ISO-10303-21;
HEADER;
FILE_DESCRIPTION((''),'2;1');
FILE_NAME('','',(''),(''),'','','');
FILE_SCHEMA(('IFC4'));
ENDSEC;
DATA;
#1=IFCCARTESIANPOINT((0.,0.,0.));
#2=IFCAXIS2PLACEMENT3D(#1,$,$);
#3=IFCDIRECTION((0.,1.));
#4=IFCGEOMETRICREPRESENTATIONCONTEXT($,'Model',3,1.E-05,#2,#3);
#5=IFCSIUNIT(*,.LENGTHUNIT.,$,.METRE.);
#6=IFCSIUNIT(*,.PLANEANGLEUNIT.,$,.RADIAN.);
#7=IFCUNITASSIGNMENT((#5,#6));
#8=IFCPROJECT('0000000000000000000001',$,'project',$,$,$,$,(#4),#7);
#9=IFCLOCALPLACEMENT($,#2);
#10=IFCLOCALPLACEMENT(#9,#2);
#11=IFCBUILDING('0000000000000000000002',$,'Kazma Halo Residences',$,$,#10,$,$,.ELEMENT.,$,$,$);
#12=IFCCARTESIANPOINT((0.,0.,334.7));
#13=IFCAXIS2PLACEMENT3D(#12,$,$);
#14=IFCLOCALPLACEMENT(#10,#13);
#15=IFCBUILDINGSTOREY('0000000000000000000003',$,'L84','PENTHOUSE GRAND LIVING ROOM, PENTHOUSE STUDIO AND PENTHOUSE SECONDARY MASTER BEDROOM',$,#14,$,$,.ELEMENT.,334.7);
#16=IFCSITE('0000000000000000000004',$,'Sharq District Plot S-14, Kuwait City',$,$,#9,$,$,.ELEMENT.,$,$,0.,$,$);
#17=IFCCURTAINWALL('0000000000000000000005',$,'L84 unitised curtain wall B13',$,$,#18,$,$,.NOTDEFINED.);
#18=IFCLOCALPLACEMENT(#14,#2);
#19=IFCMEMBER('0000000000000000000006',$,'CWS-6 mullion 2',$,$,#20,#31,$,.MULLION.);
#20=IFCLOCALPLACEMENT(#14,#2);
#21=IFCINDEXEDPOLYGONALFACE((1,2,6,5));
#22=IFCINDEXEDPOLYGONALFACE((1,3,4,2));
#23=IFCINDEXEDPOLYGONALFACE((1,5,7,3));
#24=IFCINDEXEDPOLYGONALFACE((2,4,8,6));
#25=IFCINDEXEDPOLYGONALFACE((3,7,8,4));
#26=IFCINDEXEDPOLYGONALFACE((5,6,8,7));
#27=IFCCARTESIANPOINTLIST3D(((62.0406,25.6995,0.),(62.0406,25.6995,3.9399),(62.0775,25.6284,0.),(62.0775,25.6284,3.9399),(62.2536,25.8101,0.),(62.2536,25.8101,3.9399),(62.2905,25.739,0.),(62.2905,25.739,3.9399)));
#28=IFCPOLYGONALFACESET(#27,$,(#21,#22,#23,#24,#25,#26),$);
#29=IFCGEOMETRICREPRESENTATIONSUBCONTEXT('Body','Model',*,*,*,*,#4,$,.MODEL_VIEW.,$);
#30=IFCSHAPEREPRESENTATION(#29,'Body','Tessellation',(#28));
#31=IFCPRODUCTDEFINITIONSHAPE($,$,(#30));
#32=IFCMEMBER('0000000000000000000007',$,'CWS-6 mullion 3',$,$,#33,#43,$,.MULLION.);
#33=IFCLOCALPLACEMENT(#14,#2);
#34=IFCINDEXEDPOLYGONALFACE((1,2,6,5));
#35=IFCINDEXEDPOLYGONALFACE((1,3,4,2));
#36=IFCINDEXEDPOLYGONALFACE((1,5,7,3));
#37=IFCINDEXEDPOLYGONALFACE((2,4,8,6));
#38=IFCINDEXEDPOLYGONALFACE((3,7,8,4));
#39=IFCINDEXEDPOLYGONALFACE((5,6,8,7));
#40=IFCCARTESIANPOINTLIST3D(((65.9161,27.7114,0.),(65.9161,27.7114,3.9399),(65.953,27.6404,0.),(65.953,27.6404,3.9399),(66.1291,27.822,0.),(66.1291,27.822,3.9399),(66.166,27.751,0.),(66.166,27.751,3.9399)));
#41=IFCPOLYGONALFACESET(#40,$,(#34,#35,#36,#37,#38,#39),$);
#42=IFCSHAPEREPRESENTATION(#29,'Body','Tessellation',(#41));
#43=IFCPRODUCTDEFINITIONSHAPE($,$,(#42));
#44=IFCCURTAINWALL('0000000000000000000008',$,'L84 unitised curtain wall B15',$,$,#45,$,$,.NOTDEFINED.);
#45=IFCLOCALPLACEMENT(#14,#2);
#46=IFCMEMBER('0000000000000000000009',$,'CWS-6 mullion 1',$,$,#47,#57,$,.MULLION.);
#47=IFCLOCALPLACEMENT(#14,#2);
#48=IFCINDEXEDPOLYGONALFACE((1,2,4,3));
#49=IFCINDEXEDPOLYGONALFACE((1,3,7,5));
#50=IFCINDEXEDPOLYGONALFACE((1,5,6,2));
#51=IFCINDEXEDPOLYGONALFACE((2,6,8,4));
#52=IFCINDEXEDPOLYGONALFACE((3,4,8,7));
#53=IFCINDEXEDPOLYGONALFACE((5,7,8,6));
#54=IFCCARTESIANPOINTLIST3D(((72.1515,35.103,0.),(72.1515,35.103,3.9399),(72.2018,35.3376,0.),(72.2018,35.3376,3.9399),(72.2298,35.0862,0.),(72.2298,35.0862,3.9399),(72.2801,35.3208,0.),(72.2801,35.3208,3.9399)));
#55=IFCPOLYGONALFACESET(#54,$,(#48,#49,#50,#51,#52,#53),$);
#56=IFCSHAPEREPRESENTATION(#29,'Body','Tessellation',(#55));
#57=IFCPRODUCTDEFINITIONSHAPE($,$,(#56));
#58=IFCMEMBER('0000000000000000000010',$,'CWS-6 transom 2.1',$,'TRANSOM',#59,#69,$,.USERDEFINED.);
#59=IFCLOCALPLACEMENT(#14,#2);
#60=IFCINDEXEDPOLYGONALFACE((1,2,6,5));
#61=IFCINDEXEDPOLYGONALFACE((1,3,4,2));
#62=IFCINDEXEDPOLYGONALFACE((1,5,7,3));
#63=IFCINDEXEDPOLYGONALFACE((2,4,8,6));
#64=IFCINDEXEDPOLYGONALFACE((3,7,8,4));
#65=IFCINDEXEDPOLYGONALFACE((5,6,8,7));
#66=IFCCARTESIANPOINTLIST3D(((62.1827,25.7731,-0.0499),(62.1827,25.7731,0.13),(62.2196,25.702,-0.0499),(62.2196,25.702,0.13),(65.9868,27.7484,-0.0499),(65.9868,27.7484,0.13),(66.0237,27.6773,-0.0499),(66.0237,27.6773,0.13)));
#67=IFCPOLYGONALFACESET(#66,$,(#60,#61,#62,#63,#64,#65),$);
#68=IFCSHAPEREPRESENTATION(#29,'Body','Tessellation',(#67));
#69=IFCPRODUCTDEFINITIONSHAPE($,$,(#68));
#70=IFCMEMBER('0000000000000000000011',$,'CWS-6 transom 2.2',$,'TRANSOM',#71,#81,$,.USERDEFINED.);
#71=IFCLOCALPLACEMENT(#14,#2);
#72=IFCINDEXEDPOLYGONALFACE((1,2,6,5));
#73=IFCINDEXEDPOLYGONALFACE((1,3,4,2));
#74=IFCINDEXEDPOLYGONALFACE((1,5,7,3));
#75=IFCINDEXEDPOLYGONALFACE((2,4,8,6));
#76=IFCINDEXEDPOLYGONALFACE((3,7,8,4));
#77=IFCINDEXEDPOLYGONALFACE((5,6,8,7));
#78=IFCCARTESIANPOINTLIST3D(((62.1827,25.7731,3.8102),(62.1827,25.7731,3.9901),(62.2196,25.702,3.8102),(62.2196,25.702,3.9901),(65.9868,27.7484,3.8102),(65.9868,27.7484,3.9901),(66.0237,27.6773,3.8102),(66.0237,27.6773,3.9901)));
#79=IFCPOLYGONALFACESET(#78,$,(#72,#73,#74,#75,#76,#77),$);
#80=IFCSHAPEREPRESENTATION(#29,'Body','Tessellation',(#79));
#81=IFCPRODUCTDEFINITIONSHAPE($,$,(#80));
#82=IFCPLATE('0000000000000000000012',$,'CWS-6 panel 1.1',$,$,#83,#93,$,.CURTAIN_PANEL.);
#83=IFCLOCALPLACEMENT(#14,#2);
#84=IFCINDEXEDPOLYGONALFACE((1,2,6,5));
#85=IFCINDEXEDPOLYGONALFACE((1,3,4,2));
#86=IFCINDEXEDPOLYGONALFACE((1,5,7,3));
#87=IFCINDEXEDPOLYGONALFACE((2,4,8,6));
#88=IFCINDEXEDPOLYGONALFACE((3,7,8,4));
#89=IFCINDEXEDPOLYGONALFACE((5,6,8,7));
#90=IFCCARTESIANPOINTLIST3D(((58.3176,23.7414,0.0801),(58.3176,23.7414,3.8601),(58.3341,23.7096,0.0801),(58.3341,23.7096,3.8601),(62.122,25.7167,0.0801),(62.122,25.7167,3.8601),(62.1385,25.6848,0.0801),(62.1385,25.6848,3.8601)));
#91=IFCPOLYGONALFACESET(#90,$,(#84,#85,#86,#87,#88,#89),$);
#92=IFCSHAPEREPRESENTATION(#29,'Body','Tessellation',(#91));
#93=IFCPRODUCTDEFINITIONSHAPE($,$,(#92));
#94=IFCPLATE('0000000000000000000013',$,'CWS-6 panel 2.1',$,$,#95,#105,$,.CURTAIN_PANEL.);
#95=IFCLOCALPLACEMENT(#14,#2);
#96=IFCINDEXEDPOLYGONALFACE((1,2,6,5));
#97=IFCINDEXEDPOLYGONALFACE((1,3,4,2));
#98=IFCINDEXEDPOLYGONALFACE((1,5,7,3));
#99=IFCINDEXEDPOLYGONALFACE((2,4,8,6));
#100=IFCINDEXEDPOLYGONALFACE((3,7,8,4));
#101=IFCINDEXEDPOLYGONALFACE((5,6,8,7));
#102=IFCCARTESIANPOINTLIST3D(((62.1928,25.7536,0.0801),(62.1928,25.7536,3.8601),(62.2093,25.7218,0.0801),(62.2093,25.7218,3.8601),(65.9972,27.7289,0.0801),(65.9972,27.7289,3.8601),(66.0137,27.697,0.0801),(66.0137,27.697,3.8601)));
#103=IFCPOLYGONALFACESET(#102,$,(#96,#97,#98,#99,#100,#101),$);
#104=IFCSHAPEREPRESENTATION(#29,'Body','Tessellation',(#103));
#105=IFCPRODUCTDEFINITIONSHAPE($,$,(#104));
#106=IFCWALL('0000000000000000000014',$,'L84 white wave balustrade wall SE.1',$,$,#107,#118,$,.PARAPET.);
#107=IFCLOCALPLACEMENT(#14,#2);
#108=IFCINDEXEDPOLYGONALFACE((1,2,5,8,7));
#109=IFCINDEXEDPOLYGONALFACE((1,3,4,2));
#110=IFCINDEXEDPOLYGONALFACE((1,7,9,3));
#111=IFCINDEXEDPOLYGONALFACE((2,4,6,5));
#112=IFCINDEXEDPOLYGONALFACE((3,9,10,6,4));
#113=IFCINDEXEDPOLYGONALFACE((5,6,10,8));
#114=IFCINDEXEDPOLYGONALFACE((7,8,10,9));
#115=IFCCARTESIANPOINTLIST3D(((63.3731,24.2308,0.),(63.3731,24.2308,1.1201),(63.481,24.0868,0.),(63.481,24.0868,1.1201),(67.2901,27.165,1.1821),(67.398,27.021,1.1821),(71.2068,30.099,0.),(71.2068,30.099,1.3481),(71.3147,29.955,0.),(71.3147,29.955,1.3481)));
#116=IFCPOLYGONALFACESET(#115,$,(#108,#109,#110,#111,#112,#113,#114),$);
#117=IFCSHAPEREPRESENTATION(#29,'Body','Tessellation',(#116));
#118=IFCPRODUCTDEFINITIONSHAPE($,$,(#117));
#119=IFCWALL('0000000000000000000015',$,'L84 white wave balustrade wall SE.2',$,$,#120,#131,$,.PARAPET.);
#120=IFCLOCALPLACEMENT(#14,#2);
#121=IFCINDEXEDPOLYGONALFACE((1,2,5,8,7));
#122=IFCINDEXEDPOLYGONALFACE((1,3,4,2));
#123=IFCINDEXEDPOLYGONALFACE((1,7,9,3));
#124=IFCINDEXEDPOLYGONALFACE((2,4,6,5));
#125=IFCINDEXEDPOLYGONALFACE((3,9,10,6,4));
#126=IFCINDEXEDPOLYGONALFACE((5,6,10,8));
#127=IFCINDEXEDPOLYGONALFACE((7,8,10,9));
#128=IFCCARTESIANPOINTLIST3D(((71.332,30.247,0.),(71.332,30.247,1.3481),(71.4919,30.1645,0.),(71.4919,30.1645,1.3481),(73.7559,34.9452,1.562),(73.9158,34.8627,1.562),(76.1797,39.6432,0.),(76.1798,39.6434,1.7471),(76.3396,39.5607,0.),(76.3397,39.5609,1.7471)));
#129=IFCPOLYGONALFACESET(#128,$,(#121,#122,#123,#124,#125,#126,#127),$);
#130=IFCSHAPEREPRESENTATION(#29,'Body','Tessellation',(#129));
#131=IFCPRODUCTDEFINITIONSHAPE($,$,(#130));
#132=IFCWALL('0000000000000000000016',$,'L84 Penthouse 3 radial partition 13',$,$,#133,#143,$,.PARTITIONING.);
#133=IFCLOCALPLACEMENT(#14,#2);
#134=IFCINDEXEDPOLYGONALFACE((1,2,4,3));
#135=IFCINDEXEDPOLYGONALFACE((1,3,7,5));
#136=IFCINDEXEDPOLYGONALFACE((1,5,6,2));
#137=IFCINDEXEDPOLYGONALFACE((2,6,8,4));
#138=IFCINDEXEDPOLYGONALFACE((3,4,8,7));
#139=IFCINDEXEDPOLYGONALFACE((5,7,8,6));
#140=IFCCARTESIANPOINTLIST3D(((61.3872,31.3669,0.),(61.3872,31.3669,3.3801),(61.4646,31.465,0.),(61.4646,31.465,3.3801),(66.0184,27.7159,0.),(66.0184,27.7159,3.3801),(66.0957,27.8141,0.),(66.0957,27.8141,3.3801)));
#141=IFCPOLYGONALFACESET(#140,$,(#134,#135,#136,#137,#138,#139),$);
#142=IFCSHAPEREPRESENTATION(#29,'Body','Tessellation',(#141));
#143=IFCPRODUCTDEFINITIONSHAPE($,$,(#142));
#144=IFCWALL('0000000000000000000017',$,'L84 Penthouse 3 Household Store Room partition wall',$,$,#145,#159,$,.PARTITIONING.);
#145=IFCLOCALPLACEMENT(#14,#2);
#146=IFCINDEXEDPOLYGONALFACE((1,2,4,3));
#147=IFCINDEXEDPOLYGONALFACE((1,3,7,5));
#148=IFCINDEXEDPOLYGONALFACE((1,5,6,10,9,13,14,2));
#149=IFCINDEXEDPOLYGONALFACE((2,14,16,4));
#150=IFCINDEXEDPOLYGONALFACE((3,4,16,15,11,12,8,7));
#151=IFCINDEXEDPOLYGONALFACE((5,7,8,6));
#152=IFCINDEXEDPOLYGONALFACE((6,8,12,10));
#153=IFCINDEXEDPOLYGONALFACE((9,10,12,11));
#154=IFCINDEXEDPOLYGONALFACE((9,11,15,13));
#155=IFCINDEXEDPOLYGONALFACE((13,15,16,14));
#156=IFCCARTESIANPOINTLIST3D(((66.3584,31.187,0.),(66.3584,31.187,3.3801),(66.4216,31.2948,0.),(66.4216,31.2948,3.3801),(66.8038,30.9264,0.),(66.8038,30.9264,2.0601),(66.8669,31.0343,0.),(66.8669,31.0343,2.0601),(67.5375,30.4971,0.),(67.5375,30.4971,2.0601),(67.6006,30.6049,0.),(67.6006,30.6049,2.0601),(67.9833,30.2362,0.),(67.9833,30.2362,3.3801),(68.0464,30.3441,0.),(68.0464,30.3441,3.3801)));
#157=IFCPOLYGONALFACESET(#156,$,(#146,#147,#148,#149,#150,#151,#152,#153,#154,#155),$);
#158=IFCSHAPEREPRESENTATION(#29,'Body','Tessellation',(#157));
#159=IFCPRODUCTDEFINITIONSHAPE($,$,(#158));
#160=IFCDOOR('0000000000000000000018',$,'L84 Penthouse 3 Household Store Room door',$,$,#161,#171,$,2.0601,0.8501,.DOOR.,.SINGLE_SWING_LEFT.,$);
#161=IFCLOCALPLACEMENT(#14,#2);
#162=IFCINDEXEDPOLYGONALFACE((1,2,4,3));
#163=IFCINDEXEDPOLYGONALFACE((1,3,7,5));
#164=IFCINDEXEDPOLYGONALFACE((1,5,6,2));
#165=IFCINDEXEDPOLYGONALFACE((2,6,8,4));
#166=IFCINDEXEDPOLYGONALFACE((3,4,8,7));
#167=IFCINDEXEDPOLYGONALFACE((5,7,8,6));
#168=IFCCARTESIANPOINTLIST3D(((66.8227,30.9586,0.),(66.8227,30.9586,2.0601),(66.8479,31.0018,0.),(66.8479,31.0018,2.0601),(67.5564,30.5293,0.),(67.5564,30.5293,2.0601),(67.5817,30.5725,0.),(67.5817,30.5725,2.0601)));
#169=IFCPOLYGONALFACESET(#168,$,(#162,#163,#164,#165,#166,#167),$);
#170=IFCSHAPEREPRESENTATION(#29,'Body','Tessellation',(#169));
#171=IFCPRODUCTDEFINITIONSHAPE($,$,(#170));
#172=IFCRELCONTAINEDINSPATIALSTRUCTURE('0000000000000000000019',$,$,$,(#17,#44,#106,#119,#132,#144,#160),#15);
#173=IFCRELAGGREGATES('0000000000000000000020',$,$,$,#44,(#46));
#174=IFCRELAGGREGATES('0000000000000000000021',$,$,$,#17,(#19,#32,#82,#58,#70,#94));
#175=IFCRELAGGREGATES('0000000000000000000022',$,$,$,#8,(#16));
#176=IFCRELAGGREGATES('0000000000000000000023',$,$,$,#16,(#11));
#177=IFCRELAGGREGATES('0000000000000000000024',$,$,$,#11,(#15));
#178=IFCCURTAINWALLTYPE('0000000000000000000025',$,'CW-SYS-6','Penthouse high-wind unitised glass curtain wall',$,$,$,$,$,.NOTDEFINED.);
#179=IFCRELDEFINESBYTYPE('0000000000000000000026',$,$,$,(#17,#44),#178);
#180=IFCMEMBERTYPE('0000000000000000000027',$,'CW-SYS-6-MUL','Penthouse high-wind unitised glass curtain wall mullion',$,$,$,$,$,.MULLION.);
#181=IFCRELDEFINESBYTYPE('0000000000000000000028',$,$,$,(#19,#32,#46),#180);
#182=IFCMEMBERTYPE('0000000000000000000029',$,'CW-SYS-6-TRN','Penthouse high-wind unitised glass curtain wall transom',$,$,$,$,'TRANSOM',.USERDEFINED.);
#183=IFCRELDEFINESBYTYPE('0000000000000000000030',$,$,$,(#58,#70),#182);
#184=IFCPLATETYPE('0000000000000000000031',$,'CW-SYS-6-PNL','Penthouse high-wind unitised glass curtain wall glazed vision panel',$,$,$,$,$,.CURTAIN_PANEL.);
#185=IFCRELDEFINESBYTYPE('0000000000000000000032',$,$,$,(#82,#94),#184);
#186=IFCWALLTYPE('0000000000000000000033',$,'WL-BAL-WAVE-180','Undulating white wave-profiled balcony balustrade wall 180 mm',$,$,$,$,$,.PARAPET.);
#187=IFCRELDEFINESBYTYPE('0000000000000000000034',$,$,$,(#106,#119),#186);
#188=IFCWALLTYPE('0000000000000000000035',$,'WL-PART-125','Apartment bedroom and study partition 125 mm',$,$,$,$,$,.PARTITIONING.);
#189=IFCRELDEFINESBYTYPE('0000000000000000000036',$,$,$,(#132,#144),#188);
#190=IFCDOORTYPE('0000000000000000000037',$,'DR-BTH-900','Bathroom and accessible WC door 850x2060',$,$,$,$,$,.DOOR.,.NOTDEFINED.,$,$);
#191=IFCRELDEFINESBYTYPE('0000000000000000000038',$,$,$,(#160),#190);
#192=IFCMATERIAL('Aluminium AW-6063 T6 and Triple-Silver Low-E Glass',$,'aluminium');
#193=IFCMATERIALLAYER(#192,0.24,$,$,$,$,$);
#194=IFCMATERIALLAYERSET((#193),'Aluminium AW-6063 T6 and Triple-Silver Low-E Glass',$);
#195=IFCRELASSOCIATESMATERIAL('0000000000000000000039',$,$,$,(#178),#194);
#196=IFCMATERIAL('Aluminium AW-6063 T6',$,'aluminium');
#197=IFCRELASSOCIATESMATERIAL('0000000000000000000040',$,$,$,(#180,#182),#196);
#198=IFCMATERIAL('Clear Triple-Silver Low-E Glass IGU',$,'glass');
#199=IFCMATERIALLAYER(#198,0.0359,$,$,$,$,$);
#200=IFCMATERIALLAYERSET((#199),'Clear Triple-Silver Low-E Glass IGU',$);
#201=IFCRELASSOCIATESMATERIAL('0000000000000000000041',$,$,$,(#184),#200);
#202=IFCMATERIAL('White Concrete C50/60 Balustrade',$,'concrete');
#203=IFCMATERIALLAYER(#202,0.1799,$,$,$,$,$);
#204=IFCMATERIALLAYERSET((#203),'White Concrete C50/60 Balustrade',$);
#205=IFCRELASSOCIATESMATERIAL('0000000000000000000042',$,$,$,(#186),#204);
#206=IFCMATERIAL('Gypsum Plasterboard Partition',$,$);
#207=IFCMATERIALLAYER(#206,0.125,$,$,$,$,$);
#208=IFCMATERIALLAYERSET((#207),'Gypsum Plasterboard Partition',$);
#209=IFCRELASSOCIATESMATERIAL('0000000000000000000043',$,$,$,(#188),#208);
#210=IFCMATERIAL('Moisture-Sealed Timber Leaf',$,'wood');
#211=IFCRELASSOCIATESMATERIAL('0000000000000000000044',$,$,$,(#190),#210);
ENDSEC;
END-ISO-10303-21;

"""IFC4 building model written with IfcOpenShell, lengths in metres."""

from ifc_helpers import new_model, si_unit, direction, frame, frame_2d, origin, origin_2d, place, context, subcontext, project, spatial, polyline, rectangle, outline, extrude, material, layer, layer_set, material_profile, profile_set, type_object, element, fill, aggregate, save


model = new_model("IFC4")

# Units and contexts
model_context = context("Model", 3, precision=1e-05, world=origin(), true_north=direction((0.0, 1.0)))
body_context = subcontext(model_context, "Body", "Model", "MODEL_VIEW")
ifc_project = project(units=[si_unit("LENGTHUNIT", "METRE"), si_unit("PLANEANGLEUNIT", "RADIAN")], contexts=[model_context])

# Site, building, storey
site_placement = place(None, origin())
site = spatial("IfcSite", under=ifc_project, at=site_placement, Name="Sharq District Plot S-14, Kuwait City", CompositionType="ELEMENT", RefElevation=0.0)
building_placement = place(site_placement, origin())
building = spatial("IfcBuilding", under=site, at=building_placement, Name="Kazma Halo Residences", CompositionType="ELEMENT")
storey_placement = place(building_placement, frame((0.0, 0.0, 334.7)))
storey = spatial("IfcBuildingStorey", under=building, at=storey_placement, Name="L84", Description="PENTHOUSE GRAND LIVING ROOM, PENTHOUSE STUDIO AND PENTHOUSE SECONDARY MASTER BEDROOM", CompositionType="ELEMENT", Elevation=334.7)

# Curtain wall, members
ifc_material_1 = material(Name="Aluminium AW-6063 T6 and Triple-Silver Low-E Glass", Category="aluminium")
ifc_layer_1 = layer(ifc_material_1, 0.24)
ifc_layer_set_1 = layer_set([ifc_layer_1], Name="Aluminium AW-6063 T6 and Triple-Silver Low-E Glass")
curtain_wall_type = type_object("IfcCurtainWallType", Name="CW-SYS-6", Description="Penthouse high-wind unitised glass curtain wall", PredefinedType="NOTDEFINED", material=ifc_layer_set_1)
curtain_wall_1_placement = place(storey_placement, origin())
curtain_wall_1 = element("IfcCurtainWall", 1, at=curtain_wall_1_placement, inside=storey, type_object=curtain_wall_type, Name="L84 unitised curtain wall B13", PredefinedType="NOTDEFINED")
ifc_material_2 = material(Name="Aluminium AW-6063 T6", Category="aluminium")
ifc_material_profile_1 = material_profile(ifc_material_2, rectangle(XDim=0.0801, YDim=0.24, at=origin_2d()), Name="CWM-80x240")
ifc_profile_set_1 = profile_set([ifc_material_profile_1], Name="Aluminium AW-6063 T6")
member_type_1 = type_object("IfcMemberType", Name="CW-SYS-6-MUL", Description="Penthouse high-wind unitised glass curtain wall mullion", PredefinedType="MULLION", material=ifc_profile_set_1)
member_1_placement = place(storey_placement, frame((62.1655, 25.7192, 0.0), z_axis=(0.0, 0.0, 1.0), x_axis=(-0.460796, 0.887506, 0.0)))
member_1 = element("IfcMember", 2, at=member_1_placement, type_object=member_type_1, Name="CWS-6 mullion 2", PredefinedType="MULLION", context=body_context, shape_type="SweptSolid", body=[
    extrude(rectangle(XDim=0.0801, YDim=0.24, at=origin_2d()), origin(), (0.0, 0.0, 1.0), 3.9399),
])
member_2_placement = place(storey_placement, frame((66.041, 27.7312, 0.0), z_axis=(0.0, 0.0, 1.0), x_axis=(-0.460796, 0.887506, 0.0)))
member_2 = element("IfcMember", 3, at=member_2_placement, type_object=member_type_1, Name="CWS-6 mullion 3", PredefinedType="MULLION", context=body_context, shape_type="SweptSolid", body=[
    extrude(rectangle(XDim=0.0801, YDim=0.24, at=origin_2d()), origin(), (0.0, 0.0, 1.0), 3.9399),
])

# Curtain wall, member
curtain_wall_2_placement = place(storey_placement, origin())
curtain_wall_2 = element("IfcCurtainWall", 4, at=curtain_wall_2_placement, inside=storey, type_object=curtain_wall_type, Name="L84 unitised curtain wall B15", PredefinedType="NOTDEFINED")
member_3_placement = place(storey_placement, frame((72.2158, 35.2119, 0.0), z_axis=(0.0, 0.0, 1.0), x_axis=(-0.977761, 0.209723, 0.0)))
member_3 = element("IfcMember", 5, at=member_3_placement, type_object=member_type_1, Name="CWS-6 mullion 1", PredefinedType="MULLION", context=body_context, shape_type="SweptSolid", body=[
    extrude(rectangle(XDim=0.0801, YDim=0.24, at=origin_2d()), origin(), (0.0, 0.0, 1.0), 3.9399),
])
aggregate(curtain_wall_2, [member_3])

# Members
ifc_material_profile_2 = material_profile(ifc_material_2, rectangle(XDim=0.0801, YDim=0.1799, at=origin_2d()), Name="CWT-80x180")
ifc_profile_set_2 = profile_set([ifc_material_profile_2], Name="Aluminium AW-6063 T6")
member_type_2 = type_object("IfcMemberType", Name="CW-SYS-6-TRN", Description="Penthouse high-wind unitised glass curtain wall transom", ElementType="TRANSOM", PredefinedType="USERDEFINED", material=ifc_profile_set_2)
member_4_placement = place(storey_placement, frame((62.2012, 25.7375, 0.04), z_axis=(0.887488, 0.460831, 0.0), x_axis=(-0.460831, 0.887488, 0.0)))
member_4 = element("IfcMember", 6, at=member_4_placement, type_object=member_type_2, Name="CWS-6 transom 2.1", ObjectType="TRANSOM", PredefinedType="USERDEFINED", context=body_context, shape_type="SweptSolid", body=[
    extrude(rectangle(XDim=0.0801, YDim=0.1799, at=origin_2d()), origin(), (0.0, 0.0, 1.0), 4.2864),
])
member_5_placement = place(storey_placement, frame((62.2012, 25.7375, 3.9001), z_axis=(0.887488, 0.460831, 0.0), x_axis=(-0.460831, 0.887488, 0.0)))
member_5 = element("IfcMember", 7, at=member_5_placement, type_object=member_type_2, Name="CWS-6 transom 2.2", ObjectType="TRANSOM", PredefinedType="USERDEFINED", context=body_context, shape_type="SweptSolid", body=[
    extrude(rectangle(XDim=0.0801, YDim=0.1799, at=origin_2d()), origin(), (0.0, 0.0, 1.0), 4.2864),
])

# Plates
ifc_material_3 = material(Name="Clear Triple-Silver Low-E Glass IGU", Category="glass")
ifc_layer_2 = layer(ifc_material_3, 0.0359)
ifc_layer_set_2 = layer_set([ifc_layer_2], Name="Clear Triple-Silver Low-E Glass IGU")
plate_type = type_object("IfcPlateType", Name="CW-SYS-6-PNL", Description="Penthouse high-wind unitised glass curtain wall glazed vision panel", PredefinedType="CURTAIN_PANEL", material=ifc_layer_set_2)
plate_1_placement = place(storey_placement, frame((60.228, 24.7131, 0.0801), z_axis=(0.0, 0.0, 1.0), x_axis=(0.887506, 0.460796, 0.0)))
plate_1 = element("IfcPlate", 8, at=plate_1_placement, type_object=plate_type, Name="CWS-6 panel 1.1", PredefinedType="CURTAIN_PANEL", context=body_context, shape_type="SweptSolid", body=[
    extrude(rectangle(XDim=4.2866, YDim=0.0359, at=origin_2d()), origin(), (0.0, 0.0, 1.0), 3.78),
])
plate_2_placement = place(storey_placement, frame((64.1033, 26.7253, 0.0801), z_axis=(0.0, 0.0, 1.0), x_axis=(0.887506, 0.460796, 0.0)))
plate_2 = element("IfcPlate", 9, at=plate_2_placement, type_object=plate_type, Name="CWS-6 panel 2.1", PredefinedType="CURTAIN_PANEL", context=body_context, shape_type="SweptSolid", body=[
    extrude(rectangle(XDim=4.2866, YDim=0.0359, at=origin_2d()), origin(), (0.0, 0.0, 1.0), 3.78),
])
aggregate(curtain_wall_1, [member_1, member_2, plate_1, member_4, member_5, plate_2])

# Walls
ifc_material_4 = material(Name="White Concrete C50/60 Balustrade", Category="concrete")
ifc_layer_3 = layer(ifc_material_4, 0.1799)
ifc_layer_set_3 = layer_set([ifc_layer_3], Name="White Concrete C50/60 Balustrade")
wall_type_1 = type_object("IfcWallType", Name="WL-BAL-WAVE-180", Description="Undulating white wave-profiled balcony balustrade wall 180 mm", PredefinedType="PARAPET", material=ifc_layer_set_3)
wall_1_placement = place(storey_placement, frame((63.427, 24.1589, 0.0), z_axis=(0.0, 0.0, 1.0), x_axis=(0.80035, 0.599533, 0.0)))
element("IfcWall", 10, at=wall_1_placement, inside=storey, type_object=wall_type_1, Name="L84 white wave balustrade wall SE.1", PredefinedType="PARAPET", context=body_context, shape_type="SweptSolid", body=[
    extrude(outline(polyline([(0.0, 0.0), (9.7878, 0.0), (9.7878, 1.3481), (4.894, 1.1821), (0.0, 1.1201), (0.0, 0.0)])), frame((0.0, 0.0898, 0.0), z_axis=(0.0, -1.0, 0.0), x_axis=(1.0, 0.0, 0.0)), (0.0, 0.0, 1.0), 0.1799),
])
wall_2_placement = place(storey_placement, frame((71.4119, 30.2058, 0.0), z_axis=(0.0, 0.0, 1.0), x_axis=(0.458492, 0.888698, 0.0)))
element("IfcWall", 11, at=wall_2_placement, inside=storey, type_object=wall_type_1, Name="L84 white wave balustrade wall SE.2", PredefinedType="PARAPET", context=body_context, shape_type="SweptSolid", body=[
    extrude(outline(polyline([(0.0, 0.0), (10.573, 0.0), (10.5732, 1.7471), (5.2866, 1.562), (0.0, 1.3481), (0.0, 0.0)])), frame((0.0, 0.0898, 0.0), z_axis=(0.0, -1.0, 0.0), x_axis=(1.0, 0.0, 0.0)), (0.0, 0.0, 1.0), 0.1799),
])

# Wall
ifc_material_5 = material(Name="Gypsum Plasterboard Partition")
ifc_layer_4 = layer(ifc_material_5, 0.125)
ifc_layer_set_4 = layer_set([ifc_layer_4], Name="Gypsum Plasterboard Partition")
wall_type_2 = type_object("IfcWallType", Name="WL-PART-125", Description="Apartment bedroom and study partition 125 mm", PredefinedType="PARTITIONING", material=ifc_layer_set_4)
wall_3_placement = place(storey_placement, frame((61.4258, 31.416, 0.0), z_axis=(0.0, 0.0, 1.0), x_axis=(0.785316, -0.619095, 0.0)))
element("IfcWall", 12, at=wall_3_placement, inside=storey, type_object=wall_type_2, Name="L84 Penthouse 3 radial partition 13", PredefinedType="PARTITIONING", context=body_context, shape_type="SweptSolid", body=[
    extrude(rectangle(XDim=5.8972, YDim=0.125, at=frame_2d((2.9487, 0.0))), origin(), (0.0, 0.0, 1.0), 3.3801),
])

# Wall, opening, door
wall_4_placement = place(storey_placement, frame((66.3899, 31.241, 0.0), z_axis=(0.0, 0.0, 1.0), x_axis=(0.863105, -0.505024, 0.0)))
wall_4 = element("IfcWall", 13, at=wall_4_placement, inside=storey, type_object=wall_type_2, Name="L84 Penthouse 3 Household Store Room partition wall", PredefinedType="PARTITIONING", context=body_context, shape_type="SweptSolid", body=[
    extrude(rectangle(XDim=1.8826, YDim=0.125, at=frame_2d((0.9414, 0.0))), origin(), (0.0, 0.0, 1.0), 3.3801),
])
opening_1_placement = place(wall_4_placement, frame((0.5161, 0.0, 0.0)))
opening_1 = element("IfcOpeningElement", 14, at=opening_1_placement, cuts=wall_4, PredefinedType="OPENING", context=body_context, shape_type="SweptSolid", body=[
    extrude(rectangle(XDim=0.8501, YDim=2.0601, at=frame_2d((0.425, 1.03))), frame((0.0, 0.0725, 0.0), z_axis=(0.0, -1.0, 0.0), x_axis=(1.0, 0.0, 0.0)), (0.0, 0.0, 1.0), 0.145),
])
ifc_material_6 = material(Name="Moisture-Sealed Timber Leaf", Category="wood")
door_type_1 = type_object("IfcDoorType", Name="DR-BTH-900", Description="Bathroom and accessible WC door 850x2060", OperationType="NOTDEFINED", PredefinedType="DOOR", material=ifc_material_6)
door_1_placement = place(opening_1_placement, origin())
door_1 = element("IfcDoor", 15, at=door_1_placement, inside=storey, type_object=door_type_1, Name="L84 Penthouse 3 Household Store Room door", OperationType="SINGLE_SWING_LEFT", OverallHeight=2.0601, OverallWidth=0.8501, PredefinedType="DOOR", context=body_context, shape_type="SweptSolid", body=[
    extrude(rectangle(XDim=0.8501, YDim=2.0601, at=frame_2d((0.425, 1.03))), frame((0.0, 0.0249, 0.0), z_axis=(0.0, -1.0, 0.0), x_axis=(1.0, 0.0, 0.0)), (0.0, 0.0, 1.0), 0.05),
])
fill(opening_1, door_1)

save(model, "model.ifc")
